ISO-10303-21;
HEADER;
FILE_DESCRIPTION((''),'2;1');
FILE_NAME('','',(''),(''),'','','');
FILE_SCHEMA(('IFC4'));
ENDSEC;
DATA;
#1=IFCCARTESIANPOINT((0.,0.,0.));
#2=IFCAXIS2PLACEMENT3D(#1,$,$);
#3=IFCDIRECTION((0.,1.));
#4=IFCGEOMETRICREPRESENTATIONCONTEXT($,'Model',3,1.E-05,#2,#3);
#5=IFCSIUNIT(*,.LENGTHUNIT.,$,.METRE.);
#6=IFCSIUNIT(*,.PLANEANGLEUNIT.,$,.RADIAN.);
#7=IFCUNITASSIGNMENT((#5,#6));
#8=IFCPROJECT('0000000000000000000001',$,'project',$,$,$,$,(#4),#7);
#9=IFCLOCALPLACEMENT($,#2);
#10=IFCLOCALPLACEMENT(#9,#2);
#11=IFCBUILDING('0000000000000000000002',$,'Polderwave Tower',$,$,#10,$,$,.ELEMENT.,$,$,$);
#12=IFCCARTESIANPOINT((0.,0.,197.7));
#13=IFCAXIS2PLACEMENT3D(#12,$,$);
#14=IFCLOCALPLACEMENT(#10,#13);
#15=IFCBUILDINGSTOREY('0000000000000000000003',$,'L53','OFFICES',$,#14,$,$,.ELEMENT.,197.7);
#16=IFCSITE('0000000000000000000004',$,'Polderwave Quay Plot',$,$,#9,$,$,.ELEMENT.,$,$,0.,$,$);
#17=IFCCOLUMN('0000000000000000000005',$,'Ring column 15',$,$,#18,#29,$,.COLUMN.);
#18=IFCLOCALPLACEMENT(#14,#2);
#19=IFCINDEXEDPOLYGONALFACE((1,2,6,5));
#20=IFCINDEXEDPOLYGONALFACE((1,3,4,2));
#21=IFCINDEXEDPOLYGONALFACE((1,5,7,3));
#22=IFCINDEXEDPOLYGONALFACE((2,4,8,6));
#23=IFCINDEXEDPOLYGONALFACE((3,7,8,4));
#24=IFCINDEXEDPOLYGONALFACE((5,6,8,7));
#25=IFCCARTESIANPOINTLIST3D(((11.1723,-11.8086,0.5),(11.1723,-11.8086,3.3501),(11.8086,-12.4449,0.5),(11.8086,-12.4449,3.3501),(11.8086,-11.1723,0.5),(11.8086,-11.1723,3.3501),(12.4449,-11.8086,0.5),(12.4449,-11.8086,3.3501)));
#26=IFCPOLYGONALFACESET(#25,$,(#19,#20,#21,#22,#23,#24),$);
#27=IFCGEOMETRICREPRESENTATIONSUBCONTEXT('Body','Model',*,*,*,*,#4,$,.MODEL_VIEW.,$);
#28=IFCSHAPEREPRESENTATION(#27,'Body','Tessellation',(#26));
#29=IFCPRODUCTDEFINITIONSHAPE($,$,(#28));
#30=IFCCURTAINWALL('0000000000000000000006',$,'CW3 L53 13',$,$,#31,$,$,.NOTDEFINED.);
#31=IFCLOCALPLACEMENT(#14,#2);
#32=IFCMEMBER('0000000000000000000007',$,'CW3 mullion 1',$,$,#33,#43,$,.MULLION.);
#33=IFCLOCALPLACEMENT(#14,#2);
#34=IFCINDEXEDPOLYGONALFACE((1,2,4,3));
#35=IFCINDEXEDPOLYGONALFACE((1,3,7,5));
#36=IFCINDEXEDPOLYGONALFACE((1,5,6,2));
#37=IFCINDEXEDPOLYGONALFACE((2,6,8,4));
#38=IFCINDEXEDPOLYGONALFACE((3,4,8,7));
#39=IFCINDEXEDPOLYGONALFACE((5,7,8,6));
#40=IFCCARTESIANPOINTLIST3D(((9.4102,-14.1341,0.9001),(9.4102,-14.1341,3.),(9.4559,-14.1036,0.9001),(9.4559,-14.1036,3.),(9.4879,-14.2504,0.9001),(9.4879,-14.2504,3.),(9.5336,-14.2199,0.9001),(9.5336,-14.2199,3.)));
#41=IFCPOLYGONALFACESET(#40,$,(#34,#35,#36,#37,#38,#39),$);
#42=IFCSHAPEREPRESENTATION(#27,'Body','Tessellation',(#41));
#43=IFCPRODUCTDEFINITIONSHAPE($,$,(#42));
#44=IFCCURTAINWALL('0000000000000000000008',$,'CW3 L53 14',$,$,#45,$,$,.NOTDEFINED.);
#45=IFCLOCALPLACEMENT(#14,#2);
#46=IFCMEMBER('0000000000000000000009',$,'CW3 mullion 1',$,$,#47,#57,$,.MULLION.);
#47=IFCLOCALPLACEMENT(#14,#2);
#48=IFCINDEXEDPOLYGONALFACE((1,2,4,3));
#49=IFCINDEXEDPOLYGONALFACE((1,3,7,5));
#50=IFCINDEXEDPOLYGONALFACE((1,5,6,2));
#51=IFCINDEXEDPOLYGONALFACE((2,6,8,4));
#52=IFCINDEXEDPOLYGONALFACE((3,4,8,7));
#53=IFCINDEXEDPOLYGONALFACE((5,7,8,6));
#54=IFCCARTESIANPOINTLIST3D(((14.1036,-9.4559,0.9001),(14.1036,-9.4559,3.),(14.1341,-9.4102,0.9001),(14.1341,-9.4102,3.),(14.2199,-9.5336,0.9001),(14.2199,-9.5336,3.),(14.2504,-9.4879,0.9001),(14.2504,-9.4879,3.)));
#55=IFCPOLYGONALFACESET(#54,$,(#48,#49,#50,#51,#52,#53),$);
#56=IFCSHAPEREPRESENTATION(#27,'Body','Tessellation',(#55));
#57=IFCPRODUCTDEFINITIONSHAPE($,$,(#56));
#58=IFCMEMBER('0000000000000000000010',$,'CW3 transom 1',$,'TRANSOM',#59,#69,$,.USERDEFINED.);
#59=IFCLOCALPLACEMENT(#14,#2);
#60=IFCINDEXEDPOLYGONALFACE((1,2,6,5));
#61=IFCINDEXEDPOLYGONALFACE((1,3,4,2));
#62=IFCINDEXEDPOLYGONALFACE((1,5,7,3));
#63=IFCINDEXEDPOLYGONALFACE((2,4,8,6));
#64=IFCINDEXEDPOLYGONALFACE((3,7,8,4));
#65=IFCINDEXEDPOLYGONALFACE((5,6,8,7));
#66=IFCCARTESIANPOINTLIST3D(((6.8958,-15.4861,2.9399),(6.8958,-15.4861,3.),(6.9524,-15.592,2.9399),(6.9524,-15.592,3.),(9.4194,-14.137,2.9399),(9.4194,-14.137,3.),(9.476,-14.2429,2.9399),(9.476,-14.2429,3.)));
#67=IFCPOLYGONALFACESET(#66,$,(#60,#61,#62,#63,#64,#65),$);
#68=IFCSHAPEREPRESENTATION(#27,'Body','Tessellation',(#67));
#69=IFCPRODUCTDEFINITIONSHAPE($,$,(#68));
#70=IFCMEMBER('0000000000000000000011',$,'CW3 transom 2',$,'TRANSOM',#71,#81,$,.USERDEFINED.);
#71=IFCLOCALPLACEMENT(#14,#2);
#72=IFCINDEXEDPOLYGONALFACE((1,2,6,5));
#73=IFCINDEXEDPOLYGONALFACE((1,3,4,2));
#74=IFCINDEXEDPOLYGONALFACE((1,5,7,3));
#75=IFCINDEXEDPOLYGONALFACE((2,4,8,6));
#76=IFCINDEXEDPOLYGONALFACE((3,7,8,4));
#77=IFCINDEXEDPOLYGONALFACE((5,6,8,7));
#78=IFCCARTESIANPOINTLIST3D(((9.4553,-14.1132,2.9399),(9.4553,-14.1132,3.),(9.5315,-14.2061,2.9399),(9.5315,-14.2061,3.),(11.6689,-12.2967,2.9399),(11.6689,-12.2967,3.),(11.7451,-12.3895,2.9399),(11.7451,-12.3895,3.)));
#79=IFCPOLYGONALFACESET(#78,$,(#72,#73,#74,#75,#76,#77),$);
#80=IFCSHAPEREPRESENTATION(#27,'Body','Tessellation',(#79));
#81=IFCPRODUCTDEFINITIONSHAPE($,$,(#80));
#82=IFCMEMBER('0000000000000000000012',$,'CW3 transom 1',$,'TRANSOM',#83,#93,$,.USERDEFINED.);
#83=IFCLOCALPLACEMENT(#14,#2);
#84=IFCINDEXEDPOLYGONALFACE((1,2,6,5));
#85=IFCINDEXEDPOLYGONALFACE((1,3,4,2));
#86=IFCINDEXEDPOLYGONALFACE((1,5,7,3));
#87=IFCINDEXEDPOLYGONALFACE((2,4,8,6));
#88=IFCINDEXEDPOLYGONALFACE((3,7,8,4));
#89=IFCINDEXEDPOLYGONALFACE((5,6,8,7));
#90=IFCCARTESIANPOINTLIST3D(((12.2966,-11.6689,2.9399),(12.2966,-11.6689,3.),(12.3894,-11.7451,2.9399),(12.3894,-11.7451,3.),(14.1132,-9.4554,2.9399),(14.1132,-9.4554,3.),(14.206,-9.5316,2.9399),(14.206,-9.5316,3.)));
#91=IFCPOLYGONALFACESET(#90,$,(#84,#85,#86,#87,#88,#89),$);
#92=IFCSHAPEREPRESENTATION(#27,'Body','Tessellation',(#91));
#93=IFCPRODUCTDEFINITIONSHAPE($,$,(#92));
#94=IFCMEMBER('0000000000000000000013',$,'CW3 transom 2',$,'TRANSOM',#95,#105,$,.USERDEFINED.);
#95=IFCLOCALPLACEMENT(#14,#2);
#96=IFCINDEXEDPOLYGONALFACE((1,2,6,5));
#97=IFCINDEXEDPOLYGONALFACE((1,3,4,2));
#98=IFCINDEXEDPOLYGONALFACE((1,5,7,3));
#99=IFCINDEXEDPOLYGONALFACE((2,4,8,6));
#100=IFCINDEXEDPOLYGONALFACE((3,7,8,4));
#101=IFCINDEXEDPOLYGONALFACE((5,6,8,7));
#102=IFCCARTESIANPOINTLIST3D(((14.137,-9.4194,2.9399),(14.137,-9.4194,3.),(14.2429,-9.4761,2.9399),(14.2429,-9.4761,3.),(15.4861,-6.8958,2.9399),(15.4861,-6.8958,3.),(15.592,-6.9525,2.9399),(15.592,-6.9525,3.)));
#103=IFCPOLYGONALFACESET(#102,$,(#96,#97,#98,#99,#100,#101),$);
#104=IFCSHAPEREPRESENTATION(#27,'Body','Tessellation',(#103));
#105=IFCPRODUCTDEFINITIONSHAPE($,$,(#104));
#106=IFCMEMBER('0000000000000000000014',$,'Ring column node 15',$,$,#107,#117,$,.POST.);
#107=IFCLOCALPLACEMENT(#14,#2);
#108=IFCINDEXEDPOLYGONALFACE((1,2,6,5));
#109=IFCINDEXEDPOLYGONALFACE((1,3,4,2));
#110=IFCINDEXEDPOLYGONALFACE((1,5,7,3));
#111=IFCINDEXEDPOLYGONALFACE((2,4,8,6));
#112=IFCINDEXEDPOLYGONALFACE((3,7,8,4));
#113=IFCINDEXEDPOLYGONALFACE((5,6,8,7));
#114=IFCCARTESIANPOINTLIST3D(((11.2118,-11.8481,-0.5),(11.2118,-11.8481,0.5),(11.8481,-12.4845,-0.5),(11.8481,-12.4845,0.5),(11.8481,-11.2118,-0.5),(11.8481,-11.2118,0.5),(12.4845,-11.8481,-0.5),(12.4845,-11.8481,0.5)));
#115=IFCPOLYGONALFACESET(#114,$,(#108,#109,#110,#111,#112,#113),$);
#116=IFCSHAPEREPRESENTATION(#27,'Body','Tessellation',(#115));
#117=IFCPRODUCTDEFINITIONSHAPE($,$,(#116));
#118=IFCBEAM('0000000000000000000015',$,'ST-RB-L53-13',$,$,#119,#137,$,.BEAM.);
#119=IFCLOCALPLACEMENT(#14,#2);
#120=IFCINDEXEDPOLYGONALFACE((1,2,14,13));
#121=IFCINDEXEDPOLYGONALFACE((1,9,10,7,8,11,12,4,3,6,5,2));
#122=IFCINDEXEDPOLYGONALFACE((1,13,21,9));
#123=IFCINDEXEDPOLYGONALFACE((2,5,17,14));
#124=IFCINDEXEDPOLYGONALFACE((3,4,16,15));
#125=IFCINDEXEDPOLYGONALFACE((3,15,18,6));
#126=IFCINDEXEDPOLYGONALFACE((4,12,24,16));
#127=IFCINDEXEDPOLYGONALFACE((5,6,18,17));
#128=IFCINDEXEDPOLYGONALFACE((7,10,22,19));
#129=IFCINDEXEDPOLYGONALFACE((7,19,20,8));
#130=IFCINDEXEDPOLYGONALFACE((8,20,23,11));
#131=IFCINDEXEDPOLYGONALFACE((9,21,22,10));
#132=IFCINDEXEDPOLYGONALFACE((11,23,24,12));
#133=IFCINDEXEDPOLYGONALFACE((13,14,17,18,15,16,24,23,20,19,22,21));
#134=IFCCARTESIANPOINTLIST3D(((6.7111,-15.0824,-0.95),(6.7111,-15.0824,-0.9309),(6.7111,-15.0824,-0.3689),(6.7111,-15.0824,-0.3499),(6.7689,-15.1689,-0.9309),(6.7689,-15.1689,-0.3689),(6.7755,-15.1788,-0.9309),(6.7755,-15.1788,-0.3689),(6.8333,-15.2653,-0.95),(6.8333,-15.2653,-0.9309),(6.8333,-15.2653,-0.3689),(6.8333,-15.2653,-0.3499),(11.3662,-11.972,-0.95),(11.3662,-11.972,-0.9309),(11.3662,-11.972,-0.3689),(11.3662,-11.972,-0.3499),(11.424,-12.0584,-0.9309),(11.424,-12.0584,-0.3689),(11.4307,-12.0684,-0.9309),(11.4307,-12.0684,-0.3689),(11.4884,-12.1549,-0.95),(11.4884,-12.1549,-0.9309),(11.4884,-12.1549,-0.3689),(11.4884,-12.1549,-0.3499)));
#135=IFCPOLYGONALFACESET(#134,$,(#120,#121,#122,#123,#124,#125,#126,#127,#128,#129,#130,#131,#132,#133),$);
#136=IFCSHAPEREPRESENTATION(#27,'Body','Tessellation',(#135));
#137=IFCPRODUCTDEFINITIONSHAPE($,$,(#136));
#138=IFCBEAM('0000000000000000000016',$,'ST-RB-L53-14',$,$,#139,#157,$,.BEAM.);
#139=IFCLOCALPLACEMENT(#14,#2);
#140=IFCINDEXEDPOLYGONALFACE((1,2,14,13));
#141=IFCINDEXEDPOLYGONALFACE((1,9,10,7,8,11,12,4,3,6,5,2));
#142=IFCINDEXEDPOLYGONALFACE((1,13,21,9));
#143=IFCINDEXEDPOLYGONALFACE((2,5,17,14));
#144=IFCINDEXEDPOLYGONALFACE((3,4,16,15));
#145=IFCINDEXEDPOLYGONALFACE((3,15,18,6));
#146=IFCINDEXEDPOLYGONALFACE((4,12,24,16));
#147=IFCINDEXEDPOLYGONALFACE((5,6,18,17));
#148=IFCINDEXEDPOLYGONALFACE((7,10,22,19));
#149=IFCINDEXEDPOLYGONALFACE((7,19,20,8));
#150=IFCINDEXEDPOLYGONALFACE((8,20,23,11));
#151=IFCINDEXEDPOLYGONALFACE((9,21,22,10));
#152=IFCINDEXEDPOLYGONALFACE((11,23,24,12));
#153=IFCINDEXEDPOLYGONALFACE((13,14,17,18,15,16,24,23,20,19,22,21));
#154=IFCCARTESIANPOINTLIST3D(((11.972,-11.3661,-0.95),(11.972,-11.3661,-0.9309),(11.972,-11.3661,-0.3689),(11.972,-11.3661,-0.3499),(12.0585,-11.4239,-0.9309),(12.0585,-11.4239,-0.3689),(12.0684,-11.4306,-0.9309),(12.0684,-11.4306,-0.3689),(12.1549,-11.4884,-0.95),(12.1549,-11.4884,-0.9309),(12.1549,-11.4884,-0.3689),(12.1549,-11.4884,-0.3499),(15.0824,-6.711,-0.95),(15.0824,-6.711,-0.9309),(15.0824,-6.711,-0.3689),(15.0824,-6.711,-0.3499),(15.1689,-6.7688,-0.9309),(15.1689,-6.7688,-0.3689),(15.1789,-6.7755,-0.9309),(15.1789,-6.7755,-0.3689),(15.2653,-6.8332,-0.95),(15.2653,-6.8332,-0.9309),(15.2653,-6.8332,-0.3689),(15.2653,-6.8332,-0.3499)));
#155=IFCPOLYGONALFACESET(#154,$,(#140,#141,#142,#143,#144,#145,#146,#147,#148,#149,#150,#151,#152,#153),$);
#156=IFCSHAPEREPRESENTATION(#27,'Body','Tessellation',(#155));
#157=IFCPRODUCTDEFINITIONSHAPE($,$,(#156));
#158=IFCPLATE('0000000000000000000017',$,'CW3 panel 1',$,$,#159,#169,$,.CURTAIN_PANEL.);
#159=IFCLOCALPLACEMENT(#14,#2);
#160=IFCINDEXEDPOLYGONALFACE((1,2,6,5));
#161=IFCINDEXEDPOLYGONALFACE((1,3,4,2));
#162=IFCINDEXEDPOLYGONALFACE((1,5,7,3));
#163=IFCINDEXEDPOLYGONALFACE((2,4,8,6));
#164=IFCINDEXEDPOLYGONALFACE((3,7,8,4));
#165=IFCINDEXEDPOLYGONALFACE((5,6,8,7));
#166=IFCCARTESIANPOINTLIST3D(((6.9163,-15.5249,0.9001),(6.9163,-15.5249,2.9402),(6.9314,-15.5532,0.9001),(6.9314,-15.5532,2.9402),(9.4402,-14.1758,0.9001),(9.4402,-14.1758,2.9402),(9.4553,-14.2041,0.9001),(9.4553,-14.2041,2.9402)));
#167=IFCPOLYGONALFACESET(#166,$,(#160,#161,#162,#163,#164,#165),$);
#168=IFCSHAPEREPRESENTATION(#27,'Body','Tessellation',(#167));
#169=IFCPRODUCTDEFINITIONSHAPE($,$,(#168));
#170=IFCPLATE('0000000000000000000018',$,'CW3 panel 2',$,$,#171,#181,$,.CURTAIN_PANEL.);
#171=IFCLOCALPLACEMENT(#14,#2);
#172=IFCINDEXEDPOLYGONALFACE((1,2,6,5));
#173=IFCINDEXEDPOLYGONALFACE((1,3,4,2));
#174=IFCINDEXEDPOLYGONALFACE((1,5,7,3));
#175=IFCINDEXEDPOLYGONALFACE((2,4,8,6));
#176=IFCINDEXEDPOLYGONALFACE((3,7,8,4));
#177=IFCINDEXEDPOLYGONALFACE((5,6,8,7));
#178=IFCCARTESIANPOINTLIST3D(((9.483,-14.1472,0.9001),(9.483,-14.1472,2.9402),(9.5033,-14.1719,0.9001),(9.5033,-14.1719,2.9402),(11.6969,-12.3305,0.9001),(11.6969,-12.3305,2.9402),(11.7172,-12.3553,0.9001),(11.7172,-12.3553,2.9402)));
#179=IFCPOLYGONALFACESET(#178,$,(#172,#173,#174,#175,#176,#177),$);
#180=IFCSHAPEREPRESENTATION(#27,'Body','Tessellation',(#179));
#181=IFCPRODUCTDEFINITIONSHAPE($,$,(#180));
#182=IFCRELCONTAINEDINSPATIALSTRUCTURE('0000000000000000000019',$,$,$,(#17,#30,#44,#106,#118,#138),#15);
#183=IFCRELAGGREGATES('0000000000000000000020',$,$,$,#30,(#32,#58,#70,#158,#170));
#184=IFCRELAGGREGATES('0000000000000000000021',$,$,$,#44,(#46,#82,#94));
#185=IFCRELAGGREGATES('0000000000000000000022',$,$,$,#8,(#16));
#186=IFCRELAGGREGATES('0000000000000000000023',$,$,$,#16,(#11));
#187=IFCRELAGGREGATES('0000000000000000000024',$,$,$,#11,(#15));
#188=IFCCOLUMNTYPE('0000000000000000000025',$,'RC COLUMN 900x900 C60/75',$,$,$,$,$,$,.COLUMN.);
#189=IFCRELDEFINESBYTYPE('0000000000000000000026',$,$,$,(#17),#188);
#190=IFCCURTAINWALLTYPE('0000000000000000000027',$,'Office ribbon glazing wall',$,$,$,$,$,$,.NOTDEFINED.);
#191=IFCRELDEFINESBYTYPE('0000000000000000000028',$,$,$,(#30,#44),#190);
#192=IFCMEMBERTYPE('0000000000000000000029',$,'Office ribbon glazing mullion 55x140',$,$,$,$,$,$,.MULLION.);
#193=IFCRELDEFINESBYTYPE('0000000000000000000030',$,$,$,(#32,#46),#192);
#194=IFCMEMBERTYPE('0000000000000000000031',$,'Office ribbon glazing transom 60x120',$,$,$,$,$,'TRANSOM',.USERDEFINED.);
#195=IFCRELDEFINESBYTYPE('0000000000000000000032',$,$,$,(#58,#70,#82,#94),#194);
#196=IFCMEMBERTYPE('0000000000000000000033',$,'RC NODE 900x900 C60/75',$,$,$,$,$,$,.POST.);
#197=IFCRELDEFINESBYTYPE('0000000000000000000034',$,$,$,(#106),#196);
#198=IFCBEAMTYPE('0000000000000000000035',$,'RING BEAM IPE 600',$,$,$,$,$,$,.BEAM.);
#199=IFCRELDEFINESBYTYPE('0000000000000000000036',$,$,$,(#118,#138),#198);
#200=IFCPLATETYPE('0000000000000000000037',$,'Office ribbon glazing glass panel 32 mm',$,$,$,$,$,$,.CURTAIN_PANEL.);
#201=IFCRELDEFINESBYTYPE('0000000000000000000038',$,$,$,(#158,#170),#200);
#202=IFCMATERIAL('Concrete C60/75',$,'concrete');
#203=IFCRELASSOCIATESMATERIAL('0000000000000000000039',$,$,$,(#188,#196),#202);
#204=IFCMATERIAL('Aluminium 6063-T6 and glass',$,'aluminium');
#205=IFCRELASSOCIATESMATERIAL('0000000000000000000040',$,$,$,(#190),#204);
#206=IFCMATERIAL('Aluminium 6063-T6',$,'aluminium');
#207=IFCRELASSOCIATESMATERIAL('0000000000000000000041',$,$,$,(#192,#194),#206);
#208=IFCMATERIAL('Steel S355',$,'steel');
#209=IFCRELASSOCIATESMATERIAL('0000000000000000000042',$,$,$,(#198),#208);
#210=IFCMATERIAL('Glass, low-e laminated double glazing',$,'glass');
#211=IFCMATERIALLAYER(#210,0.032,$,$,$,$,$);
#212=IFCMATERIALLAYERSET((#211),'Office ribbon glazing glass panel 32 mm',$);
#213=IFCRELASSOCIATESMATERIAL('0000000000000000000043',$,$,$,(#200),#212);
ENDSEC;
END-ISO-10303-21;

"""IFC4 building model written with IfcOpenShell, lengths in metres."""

from ifc_helpers import new_model, si_unit, direction, frame, origin, origin_2d, place, context, subcontext, project, spatial, rectangle, i_section, extrude, material, layer, layer_set, material_profile, profile_set, type_object, element, aggregate, save


model = new_model("IFC4")

# Units and contexts
model_context = context("Model", 3, precision=1e-05, world=origin(), true_north=direction((0.0, 1.0)))
body_context = subcontext(model_context, "Body", "Model", "MODEL_VIEW")
ifc_project = project(units=[si_unit("LENGTHUNIT", "METRE"), si_unit("PLANEANGLEUNIT", "RADIAN")], contexts=[model_context])

# Site, building, storey
site_placement = place(None, origin())
site = spatial("IfcSite", under=ifc_project, at=site_placement, Name="Polderwave Quay Plot", CompositionType="ELEMENT", RefElevation=0.0)
building_placement = place(site_placement, origin())
building = spatial("IfcBuilding", under=site, at=building_placement, Name="Polderwave Tower", CompositionType="ELEMENT")
storey_placement = place(building_placement, frame((0.0, 0.0, 197.7)))
storey = spatial("IfcBuildingStorey", under=building, at=storey_placement, Name="L53", Description="OFFICES", CompositionType="ELEMENT", Elevation=197.7)

# Column
ifc_material_1 = material(Name="Concrete C60/75", Category="concrete")
ifc_material_profile_1 = material_profile(ifc_material_1, rectangle(XDim=0.8999, YDim=0.8999, at=origin_2d()), Name="RC 900x900")
ifc_profile_set_1 = profile_set([ifc_material_profile_1], Name="Concrete C60/75")
column_type = type_object("IfcColumnType", Name="RC COLUMN 900x900 C60/75", PredefinedType="COLUMN", material=ifc_profile_set_1)
column_placement = place(storey_placement, frame((11.8086, -11.8086, 0.5), z_axis=(0.0, 0.0, 1.0), x_axis=(0.707107, -0.707107, 0.0)))
element("IfcColumn", 1, at=column_placement, inside=storey, type_object=column_type, Name="Ring column 15", PredefinedType="COLUMN", context=body_context, shape_type="SweptSolid", body=[
    extrude(rectangle(XDim=0.8999, YDim=0.8999, at=origin_2d()), origin(), (0.0, 0.0, 1.0), 2.8501),
])

# Curtain walls, members
ifc_material_2 = material(Name="Aluminium 6063-T6 and glass", Category="aluminium")
curtain_wall_type = type_object("IfcCurtainWallType", Name="Office ribbon glazing wall", PredefinedType="NOTDEFINED", material=ifc_material_2)
curtain_wall_1_placement = place(storey_placement, origin())
curtain_wall_1 = element("IfcCurtainWall", 2, at=curtain_wall_1_placement, inside=storey, type_object=curtain_wall_type, Name="CW3 L53 13", PredefinedType="NOTDEFINED")
ifc_material_3 = material(Name="Aluminium 6063-T6", Category="aluminium")
ifc_material_profile_2 = material_profile(ifc_material_3, rectangle(XDim=0.1399, YDim=0.0549, at=origin_2d()), Name="AL 55x140")
ifc_profile_set_2 = profile_set([ifc_material_profile_2], Name="Aluminium 6063-T6")
member_type_1 = type_object("IfcMemberType", Name="Office ribbon glazing mullion 55x140", PredefinedType="MULLION", material=ifc_profile_set_2)
member_1_placement = place(storey_placement, frame((9.4719, -14.177, 0.9001), z_axis=(0.0, 0.0, 1.0), x_axis=(-0.555554, 0.83148, 0.0)))
member_1 = element("IfcMember", 3, at=member_1_placement, type_object=member_type_1, Name="CW3 mullion 1", PredefinedType="MULLION", context=body_context, shape_type="SweptSolid", body=[
    extrude(rectangle(XDim=0.1399, YDim=0.0549, at=origin_2d()), origin(), (0.0, 0.0, 1.0), 2.0999),
])
curtain_wall_2_placement = place(storey_placement, origin())
curtain_wall_2 = element("IfcCurtainWall", 4, at=curtain_wall_2_placement, inside=storey, type_object=curtain_wall_type, Name="CW3 L53 14", PredefinedType="NOTDEFINED")
member_2_placement = place(storey_placement, frame((14.177, -9.4719, 0.9001), z_axis=(0.0, 0.0, 1.0), x_axis=(-0.83148, 0.555554, 0.0)))
member_2 = element("IfcMember", 5, at=member_2_placement, type_object=member_type_1, Name="CW3 mullion 1", PredefinedType="MULLION", context=body_context, shape_type="SweptSolid", body=[
    extrude(rectangle(XDim=0.1399, YDim=0.0549, at=origin_2d()), origin(), (0.0, 0.0, 1.0), 2.0999),
])

# Members
ifc_material_profile_3 = material_profile(ifc_material_3, rectangle(XDim=0.1201, YDim=0.0601, at=origin_2d()), Name="AL 60x120")
ifc_profile_set_3 = profile_set([ifc_material_profile_3], Name="Aluminium 6063-T6")
member_type_2 = type_object("IfcMemberType", Name="Office ribbon glazing transom 60x120", ElementType="TRANSOM", PredefinedType="USERDEFINED", material=ifc_profile_set_3)
member_3_placement = place(storey_placement, frame((6.9241, -15.5391, 2.97), z_axis=(0.881894, 0.471447, 0.0), x_axis=(-0.471447, 0.881894, 0.0)))
member_3 = element("IfcMember", 6, at=member_3_placement, type_object=member_type_2, Name="CW3 transom 1", ObjectType="TRANSOM", PredefinedType="USERDEFINED", context=body_context, shape_type="SweptSolid", body=[
    extrude(rectangle(XDim=0.1201, YDim=0.0601, at=origin_2d()), origin(), (0.0, 0.0, 1.0), 2.8616),
])
member_4_placement = place(storey_placement, frame((9.4934, -14.1597, 2.97), z_axis=(0.773014, 0.634388, 0.0), x_axis=(-0.634388, 0.773014, 0.0)))
member_4 = element("IfcMember", 7, at=member_4_placement, type_object=member_type_2, Name="CW3 transom 2", ObjectType="TRANSOM", PredefinedType="USERDEFINED", context=body_context, shape_type="SweptSolid", body=[
    extrude(rectangle(XDim=0.1201, YDim=0.0601, at=origin_2d()), origin(), (0.0, 0.0, 1.0), 2.8635),
])
member_5_placement = place(storey_placement, frame((12.343, -11.707, 2.97), z_axis=(0.634388, 0.773014, 0.0), x_axis=(-0.773014, 0.634388, 0.0)))
member_5 = element("IfcMember", 8, at=member_5_placement, type_object=member_type_2, Name="CW3 transom 1", ObjectType="TRANSOM", PredefinedType="USERDEFINED", context=body_context, shape_type="SweptSolid", body=[
    extrude(rectangle(XDim=0.1201, YDim=0.0601, at=origin_2d()), origin(), (0.0, 0.0, 1.0), 2.8635),
])
member_6_placement = place(storey_placement, frame((14.1899, -9.4478, 2.97), z_axis=(0.471447, 0.881894, 0.0), x_axis=(-0.881894, 0.471447, 0.0)))
member_6 = element("IfcMember", 9, at=member_6_placement, type_object=member_type_2, Name="CW3 transom 2", ObjectType="TRANSOM", PredefinedType="USERDEFINED", context=body_context, shape_type="SweptSolid", body=[
    extrude(rectangle(XDim=0.1201, YDim=0.0601, at=origin_2d()), origin(), (0.0, 0.0, 1.0), 2.8616),
])
ifc_material_profile_4 = material_profile(ifc_material_1, rectangle(XDim=0.8999, YDim=0.8999, at=origin_2d()), Name="RC 900x900")
ifc_profile_set_4 = profile_set([ifc_material_profile_4], Name="Concrete C60/75")
member_type_3 = type_object("IfcMemberType", Name="RC NODE 900x900 C60/75", PredefinedType="POST", material=ifc_profile_set_4)
member_7_placement = place(storey_placement, frame((11.8481, -11.8481, -0.5), z_axis=(0.0, 0.0, 1.0), x_axis=(0.707107, -0.707107, 0.0)))
element("IfcMember", 10, at=member_7_placement, inside=storey, type_object=member_type_3, Name="Ring column node 15", PredefinedType="POST", context=body_context, shape_type="SweptSolid", body=[
    extrude(rectangle(XDim=0.8999, YDim=0.8999, at=origin_2d()), origin(), (0.0, 0.0, 1.0), 1.0),
])

# Beams
ifc_material_4 = material(Name="Steel S355", Category="steel")
ifc_material_profile_5 = material_profile(ifc_material_4, i_section(OverallWidth=0.22, OverallDepth=0.6001, WebThickness=0.012, FlangeThickness=0.019, at=origin_2d()), Name="IPE 600")
ifc_profile_set_5 = profile_set([ifc_material_profile_5], Name="Steel S355")
beam_type = type_object("IfcBeamType", Name="RING BEAM IPE 600", PredefinedType="BEAM", material=ifc_profile_set_5)
for number, where, z_axis, x_axis, name in (
    (11, (6.7722, -15.1738, -0.6499), (0.831473, 0.555565, 0.0), (-0.555565, 0.831473, 0.0), "ST-RB-L53-13"),
    (12, (12.0635, -11.4272, -0.6499), (0.555565, 0.831473, 0.0), (-0.831473, 0.555565, 0.0), "ST-RB-L53-14"),
):
    element("IfcBeam", number, at=place(storey_placement, frame(where, z_axis=z_axis, x_axis=x_axis)), inside=storey, type_object=beam_type, Name=name, PredefinedType="BEAM", context=body_context, shape_type="SweptSolid", body=[
        extrude(i_section(OverallWidth=0.22, OverallDepth=0.6001, WebThickness=0.012, FlangeThickness=0.019, at=origin_2d()), origin(), (0.0, 0.0, 1.0), 5.5986),
    ])

# Plates
ifc_material_5 = material(Name="Glass, low-e laminated double glazing", Category="glass")
ifc_layer_1 = layer(ifc_material_5, 0.032)
ifc_layer_set_1 = layer_set([ifc_layer_1], Name="Office ribbon glazing glass panel 32 mm")
plate_type = type_object("IfcPlateType", Name="Office ribbon glazing glass panel 32 mm", PredefinedType="CURTAIN_PANEL", material=ifc_layer_set_1)
plate_1_placement = place(storey_placement, frame((8.1858, -14.8645, 0.9001), z_axis=(0.0, 0.0, 1.0), x_axis=(0.881912, 0.471414, 0.0)))
plate_1 = element("IfcPlate", 13, at=plate_1_placement, type_object=plate_type, Name="CW3 panel 1", PredefinedType="CURTAIN_PANEL", context=body_context, shape_type="SweptSolid", body=[
    extrude(rectangle(XDim=2.8618, YDim=0.032, at=origin_2d()), origin(), (0.0, 0.0, 1.0), 2.04),
])
plate_2_placement = place(storey_placement, frame((10.6001, -13.2512, 0.9001), z_axis=(0.0, 0.0, 1.0), x_axis=(0.773047, 0.634349, 0.0)))
plate_2 = element("IfcPlate", 14, at=plate_2_placement, type_object=plate_type, Name="CW3 panel 2", PredefinedType="CURTAIN_PANEL", context=body_context, shape_type="SweptSolid", body=[
    extrude(rectangle(XDim=2.8638, YDim=0.032, at=origin_2d()), origin(), (0.0, 0.0, 1.0), 2.04),
])
aggregate(curtain_wall_1, [member_1, member_3, member_4, plate_1, plate_2])
aggregate(curtain_wall_2, [member_2, member_5, member_6])

save(model, "model.ifc")
